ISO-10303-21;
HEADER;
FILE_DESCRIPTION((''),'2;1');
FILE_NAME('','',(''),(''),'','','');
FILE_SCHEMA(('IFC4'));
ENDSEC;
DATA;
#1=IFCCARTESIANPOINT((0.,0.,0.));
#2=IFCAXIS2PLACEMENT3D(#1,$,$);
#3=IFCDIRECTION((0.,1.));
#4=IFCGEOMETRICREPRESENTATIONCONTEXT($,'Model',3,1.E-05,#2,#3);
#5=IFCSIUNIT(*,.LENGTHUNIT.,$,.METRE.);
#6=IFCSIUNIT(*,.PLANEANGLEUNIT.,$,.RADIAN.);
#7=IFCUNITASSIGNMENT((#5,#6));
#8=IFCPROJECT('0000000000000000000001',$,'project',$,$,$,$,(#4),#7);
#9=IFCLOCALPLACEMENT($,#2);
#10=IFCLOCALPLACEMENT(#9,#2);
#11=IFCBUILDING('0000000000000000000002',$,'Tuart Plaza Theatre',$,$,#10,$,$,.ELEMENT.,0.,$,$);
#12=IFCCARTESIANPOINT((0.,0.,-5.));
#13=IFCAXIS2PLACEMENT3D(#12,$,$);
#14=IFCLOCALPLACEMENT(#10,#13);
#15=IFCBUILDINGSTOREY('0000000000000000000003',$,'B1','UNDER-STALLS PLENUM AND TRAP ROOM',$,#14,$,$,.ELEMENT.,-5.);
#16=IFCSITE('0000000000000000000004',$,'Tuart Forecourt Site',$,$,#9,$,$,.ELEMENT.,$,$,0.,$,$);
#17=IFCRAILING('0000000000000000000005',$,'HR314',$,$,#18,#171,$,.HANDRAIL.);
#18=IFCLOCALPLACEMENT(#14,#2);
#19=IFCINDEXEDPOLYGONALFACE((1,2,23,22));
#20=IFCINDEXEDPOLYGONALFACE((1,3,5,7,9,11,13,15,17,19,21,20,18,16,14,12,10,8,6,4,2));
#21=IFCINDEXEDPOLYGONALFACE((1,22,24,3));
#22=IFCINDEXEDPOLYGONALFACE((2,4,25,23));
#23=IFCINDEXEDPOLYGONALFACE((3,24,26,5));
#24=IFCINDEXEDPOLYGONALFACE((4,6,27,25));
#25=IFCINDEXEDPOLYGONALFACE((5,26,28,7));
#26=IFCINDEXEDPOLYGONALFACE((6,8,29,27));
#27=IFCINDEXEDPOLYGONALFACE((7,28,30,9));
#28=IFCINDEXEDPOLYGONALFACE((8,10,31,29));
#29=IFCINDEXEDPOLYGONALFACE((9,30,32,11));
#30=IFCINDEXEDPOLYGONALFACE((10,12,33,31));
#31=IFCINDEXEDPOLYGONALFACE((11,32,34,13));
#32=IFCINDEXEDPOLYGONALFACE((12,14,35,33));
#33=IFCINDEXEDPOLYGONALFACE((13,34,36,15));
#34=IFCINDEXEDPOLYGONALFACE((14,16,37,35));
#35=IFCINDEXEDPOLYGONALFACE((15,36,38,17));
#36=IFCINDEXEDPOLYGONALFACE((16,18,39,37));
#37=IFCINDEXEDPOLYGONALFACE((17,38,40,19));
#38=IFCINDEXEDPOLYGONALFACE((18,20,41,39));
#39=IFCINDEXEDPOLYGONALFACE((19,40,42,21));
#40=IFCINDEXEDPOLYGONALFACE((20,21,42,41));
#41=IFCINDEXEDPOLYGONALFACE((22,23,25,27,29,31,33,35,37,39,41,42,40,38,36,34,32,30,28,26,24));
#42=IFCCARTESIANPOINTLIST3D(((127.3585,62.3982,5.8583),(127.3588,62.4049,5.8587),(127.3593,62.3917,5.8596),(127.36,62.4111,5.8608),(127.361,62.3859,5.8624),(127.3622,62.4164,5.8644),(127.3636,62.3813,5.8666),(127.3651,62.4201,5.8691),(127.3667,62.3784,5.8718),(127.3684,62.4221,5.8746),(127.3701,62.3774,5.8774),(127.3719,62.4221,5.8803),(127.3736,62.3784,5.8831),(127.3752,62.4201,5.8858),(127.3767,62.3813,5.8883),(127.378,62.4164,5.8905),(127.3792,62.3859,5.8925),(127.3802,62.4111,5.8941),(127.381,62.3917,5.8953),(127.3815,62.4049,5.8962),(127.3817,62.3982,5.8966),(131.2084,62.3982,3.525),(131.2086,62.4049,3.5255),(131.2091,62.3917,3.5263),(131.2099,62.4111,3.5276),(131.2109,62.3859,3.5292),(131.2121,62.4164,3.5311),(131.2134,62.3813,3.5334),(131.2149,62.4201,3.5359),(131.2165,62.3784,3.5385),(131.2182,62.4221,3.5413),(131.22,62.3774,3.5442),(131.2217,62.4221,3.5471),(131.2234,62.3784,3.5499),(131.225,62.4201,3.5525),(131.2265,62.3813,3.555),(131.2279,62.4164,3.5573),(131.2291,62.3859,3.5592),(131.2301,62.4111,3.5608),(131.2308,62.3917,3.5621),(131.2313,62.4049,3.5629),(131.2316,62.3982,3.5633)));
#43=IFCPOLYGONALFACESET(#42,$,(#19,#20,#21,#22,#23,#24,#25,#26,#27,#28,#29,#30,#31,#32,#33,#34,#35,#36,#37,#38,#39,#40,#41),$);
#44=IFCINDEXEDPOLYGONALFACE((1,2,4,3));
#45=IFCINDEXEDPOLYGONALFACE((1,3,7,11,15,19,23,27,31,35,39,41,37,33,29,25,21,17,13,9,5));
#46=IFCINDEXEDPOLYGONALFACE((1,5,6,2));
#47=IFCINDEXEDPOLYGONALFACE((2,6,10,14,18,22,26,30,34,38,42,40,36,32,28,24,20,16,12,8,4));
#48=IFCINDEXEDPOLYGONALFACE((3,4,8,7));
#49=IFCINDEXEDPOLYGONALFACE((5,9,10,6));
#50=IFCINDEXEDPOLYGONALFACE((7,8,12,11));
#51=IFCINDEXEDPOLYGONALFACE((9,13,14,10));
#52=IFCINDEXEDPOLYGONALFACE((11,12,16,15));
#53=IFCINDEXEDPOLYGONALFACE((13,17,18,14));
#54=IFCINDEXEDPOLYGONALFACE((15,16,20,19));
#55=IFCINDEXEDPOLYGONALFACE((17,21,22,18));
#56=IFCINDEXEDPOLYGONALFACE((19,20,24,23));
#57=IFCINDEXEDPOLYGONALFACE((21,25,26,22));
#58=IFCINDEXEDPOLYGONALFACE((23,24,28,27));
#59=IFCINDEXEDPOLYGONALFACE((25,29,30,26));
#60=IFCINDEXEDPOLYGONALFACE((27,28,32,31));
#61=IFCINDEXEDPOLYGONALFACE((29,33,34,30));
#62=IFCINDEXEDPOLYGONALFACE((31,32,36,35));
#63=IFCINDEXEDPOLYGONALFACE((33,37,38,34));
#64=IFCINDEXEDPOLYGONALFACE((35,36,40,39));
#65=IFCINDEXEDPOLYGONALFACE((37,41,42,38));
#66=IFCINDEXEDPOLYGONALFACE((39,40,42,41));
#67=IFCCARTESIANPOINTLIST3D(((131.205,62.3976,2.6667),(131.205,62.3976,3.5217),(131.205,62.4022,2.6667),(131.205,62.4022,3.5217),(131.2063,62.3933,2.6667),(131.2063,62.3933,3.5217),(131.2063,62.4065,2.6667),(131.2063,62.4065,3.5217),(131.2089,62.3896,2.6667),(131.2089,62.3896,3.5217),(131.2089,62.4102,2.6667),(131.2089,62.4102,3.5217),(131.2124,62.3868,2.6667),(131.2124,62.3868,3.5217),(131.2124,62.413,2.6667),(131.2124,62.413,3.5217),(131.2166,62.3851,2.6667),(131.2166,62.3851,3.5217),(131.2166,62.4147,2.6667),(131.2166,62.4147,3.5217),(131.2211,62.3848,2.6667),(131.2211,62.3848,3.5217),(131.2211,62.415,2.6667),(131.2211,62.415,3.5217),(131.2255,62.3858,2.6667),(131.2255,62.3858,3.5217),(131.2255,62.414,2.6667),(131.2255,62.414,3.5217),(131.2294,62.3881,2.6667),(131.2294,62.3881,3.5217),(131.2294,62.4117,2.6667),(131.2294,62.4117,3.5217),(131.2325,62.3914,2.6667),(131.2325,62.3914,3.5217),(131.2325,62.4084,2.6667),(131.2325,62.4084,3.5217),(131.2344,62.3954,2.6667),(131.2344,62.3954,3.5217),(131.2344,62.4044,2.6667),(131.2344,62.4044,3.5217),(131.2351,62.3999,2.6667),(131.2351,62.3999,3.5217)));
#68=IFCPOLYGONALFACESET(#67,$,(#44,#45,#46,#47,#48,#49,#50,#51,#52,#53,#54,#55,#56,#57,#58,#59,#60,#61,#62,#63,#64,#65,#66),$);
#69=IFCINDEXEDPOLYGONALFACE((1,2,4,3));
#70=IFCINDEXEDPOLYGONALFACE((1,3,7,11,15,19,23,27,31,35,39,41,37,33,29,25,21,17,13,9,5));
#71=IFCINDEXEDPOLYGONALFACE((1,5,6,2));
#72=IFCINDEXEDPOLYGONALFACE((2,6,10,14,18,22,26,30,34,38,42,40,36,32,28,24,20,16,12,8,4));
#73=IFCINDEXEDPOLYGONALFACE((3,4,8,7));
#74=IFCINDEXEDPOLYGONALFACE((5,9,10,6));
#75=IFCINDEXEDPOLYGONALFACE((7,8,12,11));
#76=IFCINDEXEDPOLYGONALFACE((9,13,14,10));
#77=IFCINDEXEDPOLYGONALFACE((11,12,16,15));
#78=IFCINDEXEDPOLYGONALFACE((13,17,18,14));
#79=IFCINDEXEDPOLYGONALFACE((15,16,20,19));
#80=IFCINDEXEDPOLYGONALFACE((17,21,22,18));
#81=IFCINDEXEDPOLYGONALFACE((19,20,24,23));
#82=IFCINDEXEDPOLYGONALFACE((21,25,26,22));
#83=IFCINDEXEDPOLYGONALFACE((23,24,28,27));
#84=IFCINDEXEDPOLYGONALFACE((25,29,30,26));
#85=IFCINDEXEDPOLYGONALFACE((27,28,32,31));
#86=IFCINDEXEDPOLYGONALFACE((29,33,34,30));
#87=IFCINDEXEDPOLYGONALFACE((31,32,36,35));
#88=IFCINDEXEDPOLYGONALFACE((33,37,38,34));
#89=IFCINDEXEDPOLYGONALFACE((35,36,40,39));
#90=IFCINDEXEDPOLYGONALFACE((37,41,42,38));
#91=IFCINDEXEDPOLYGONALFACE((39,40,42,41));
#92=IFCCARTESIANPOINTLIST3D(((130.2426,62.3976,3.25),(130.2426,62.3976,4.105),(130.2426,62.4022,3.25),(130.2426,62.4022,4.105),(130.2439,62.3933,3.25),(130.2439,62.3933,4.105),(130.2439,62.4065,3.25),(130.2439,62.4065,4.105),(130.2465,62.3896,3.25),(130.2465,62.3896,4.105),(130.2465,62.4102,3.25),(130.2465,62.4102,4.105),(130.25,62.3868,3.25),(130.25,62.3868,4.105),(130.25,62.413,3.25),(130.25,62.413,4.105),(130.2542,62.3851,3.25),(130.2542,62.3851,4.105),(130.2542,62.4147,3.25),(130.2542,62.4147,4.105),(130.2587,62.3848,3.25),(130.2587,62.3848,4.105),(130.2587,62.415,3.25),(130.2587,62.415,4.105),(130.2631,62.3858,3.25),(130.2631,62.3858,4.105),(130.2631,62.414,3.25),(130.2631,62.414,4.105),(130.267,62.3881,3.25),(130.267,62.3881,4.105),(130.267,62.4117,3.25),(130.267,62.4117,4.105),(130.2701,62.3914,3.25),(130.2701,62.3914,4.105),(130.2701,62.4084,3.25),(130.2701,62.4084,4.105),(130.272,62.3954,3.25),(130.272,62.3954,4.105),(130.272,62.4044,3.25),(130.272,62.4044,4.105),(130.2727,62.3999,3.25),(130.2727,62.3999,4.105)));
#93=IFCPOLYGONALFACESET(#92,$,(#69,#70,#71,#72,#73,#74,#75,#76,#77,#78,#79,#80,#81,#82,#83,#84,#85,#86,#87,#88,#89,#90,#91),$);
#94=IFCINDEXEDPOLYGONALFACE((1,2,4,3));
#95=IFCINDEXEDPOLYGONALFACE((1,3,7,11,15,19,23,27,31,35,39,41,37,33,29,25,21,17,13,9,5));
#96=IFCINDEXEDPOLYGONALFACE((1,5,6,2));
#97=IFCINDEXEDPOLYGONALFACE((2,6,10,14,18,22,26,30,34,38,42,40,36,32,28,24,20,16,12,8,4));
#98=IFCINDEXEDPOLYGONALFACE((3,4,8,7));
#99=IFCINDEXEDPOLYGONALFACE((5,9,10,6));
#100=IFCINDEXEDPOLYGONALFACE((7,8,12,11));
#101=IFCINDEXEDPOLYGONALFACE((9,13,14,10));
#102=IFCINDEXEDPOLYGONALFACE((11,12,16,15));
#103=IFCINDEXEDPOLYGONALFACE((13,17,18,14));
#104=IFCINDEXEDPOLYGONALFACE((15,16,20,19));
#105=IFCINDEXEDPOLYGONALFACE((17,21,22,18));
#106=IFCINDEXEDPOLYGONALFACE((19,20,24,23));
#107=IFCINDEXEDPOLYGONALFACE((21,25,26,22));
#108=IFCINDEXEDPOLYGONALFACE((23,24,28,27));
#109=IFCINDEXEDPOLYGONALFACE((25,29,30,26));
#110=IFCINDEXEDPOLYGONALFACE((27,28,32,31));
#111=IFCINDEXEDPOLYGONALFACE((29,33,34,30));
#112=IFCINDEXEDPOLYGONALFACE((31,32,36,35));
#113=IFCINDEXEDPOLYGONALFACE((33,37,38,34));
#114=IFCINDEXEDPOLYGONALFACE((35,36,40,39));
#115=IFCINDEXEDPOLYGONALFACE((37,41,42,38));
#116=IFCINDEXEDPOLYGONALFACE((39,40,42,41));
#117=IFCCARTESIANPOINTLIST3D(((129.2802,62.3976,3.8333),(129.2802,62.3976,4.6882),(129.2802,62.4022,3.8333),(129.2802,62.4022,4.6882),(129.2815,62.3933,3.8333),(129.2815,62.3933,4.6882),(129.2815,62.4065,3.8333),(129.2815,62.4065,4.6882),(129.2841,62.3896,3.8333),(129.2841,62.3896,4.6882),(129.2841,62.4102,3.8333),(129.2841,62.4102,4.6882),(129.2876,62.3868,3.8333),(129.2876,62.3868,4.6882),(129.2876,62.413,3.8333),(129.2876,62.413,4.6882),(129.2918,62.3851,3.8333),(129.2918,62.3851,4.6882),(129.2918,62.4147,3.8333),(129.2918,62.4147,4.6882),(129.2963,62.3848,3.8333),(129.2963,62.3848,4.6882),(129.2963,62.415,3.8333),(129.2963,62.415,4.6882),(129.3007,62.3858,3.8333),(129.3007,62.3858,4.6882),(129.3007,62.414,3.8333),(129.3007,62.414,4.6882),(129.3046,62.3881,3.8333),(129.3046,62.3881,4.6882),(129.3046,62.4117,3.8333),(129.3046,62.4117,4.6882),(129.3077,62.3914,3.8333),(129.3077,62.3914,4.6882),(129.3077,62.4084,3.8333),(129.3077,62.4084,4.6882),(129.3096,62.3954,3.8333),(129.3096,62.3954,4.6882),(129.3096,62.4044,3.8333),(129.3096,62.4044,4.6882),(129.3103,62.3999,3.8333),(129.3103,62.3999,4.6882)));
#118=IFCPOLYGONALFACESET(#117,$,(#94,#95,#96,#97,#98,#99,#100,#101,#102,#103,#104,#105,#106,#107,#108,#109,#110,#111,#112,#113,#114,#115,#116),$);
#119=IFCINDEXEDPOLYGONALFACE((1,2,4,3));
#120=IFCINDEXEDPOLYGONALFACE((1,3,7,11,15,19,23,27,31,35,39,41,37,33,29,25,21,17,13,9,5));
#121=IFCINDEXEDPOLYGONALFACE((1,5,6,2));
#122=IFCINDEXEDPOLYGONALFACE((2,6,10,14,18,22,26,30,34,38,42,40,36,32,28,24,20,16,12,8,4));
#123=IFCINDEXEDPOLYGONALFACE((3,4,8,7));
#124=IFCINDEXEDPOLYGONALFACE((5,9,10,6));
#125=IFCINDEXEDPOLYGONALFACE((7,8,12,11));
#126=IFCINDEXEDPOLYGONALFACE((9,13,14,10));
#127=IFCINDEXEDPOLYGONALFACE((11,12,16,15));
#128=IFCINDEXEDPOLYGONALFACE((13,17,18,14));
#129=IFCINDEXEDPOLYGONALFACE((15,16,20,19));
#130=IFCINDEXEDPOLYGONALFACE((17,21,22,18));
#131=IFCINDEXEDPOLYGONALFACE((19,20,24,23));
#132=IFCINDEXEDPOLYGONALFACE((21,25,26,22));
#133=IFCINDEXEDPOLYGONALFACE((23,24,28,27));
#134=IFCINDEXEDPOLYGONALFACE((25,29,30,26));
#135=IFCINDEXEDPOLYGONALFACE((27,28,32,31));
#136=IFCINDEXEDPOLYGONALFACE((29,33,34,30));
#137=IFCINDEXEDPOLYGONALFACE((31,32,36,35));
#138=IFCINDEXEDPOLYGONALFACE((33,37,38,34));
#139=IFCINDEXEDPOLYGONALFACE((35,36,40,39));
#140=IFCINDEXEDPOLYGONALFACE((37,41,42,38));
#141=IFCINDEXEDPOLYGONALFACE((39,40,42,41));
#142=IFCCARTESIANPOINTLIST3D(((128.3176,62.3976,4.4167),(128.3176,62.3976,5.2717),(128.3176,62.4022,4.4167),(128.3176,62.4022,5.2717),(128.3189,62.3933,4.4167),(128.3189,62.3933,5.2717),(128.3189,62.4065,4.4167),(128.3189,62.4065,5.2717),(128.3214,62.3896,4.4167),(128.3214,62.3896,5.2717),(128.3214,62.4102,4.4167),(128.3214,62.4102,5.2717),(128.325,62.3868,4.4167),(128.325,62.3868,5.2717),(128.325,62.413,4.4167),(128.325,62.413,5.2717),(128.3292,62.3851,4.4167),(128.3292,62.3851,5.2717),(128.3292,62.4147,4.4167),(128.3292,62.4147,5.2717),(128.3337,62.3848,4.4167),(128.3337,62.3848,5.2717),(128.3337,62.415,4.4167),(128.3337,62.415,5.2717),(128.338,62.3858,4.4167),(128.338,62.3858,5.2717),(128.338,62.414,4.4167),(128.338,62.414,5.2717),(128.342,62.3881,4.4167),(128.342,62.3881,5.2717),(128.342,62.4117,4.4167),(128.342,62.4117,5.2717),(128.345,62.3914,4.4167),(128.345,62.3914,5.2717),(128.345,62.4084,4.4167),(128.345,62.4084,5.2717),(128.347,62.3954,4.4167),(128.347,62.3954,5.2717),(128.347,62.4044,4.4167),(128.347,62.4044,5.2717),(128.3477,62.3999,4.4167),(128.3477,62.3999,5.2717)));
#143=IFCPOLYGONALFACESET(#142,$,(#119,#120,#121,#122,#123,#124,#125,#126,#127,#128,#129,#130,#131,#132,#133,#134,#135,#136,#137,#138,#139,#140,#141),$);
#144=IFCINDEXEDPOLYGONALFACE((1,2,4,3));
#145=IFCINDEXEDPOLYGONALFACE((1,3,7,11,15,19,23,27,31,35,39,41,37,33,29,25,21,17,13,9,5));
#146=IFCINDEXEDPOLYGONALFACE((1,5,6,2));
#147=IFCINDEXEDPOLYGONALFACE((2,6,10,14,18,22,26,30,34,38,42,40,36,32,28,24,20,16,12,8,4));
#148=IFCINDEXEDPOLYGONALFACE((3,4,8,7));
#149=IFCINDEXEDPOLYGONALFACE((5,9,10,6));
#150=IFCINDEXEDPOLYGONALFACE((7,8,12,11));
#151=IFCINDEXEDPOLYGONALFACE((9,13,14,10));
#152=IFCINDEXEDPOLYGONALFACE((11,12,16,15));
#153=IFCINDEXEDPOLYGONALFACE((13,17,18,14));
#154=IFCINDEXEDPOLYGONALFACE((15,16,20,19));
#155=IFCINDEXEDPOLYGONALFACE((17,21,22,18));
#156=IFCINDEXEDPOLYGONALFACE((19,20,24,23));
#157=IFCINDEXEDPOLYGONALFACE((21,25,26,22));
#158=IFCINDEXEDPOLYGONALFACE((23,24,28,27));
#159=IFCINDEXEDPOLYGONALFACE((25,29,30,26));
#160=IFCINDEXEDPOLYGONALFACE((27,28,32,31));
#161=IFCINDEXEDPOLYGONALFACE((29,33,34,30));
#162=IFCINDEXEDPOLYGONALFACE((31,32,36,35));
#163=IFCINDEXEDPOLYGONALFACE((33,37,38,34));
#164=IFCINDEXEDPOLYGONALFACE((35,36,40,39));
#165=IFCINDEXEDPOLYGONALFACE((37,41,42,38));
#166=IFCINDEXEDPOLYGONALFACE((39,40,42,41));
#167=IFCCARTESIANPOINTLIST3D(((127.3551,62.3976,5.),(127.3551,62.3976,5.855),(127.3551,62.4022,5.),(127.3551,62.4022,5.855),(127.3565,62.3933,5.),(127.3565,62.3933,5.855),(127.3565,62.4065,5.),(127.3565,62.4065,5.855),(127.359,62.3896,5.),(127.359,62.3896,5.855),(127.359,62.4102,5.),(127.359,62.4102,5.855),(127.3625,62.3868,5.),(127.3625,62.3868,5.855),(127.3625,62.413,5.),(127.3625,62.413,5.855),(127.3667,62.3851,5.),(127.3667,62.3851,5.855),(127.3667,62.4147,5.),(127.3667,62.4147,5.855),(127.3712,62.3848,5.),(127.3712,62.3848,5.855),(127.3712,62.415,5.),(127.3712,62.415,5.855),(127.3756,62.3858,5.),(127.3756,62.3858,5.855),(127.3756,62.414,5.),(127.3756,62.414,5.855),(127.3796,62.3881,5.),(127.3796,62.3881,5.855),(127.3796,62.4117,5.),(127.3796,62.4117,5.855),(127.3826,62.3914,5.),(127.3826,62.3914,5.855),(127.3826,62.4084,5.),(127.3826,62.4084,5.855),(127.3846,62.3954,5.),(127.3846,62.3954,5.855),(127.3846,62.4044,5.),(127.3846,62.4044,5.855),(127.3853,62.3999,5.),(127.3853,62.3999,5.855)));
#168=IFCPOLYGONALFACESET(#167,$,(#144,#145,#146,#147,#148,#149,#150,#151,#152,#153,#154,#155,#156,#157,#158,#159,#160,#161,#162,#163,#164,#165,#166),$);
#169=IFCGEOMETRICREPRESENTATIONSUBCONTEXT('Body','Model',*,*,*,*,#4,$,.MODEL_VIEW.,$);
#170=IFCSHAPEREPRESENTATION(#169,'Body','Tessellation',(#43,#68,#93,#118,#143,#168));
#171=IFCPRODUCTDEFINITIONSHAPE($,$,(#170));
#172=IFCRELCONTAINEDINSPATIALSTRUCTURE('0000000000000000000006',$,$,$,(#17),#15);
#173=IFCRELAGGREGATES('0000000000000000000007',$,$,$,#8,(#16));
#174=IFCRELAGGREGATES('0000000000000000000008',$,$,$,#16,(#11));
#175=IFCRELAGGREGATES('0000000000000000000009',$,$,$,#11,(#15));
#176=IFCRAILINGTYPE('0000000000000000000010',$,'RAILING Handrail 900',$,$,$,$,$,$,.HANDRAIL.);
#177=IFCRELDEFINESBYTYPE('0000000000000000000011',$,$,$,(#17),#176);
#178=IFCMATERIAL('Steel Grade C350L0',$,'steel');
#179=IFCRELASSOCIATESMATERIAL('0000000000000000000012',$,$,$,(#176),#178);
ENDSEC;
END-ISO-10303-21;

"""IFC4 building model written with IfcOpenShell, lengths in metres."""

from ifc_helpers import new_model, si_unit, direction, frame, origin, origin_2d, place, context, subcontext, project, spatial, circle, extrude, material, type_object, element, save


model = new_model("IFC4")

# Units and contexts
model_context = context("Model", 3, precision=1e-05, world=origin(), true_north=direction((0.0, 1.0)))
body_context = subcontext(model_context, "Body", "Model", "MODEL_VIEW")
ifc_project = project(units=[si_unit("LENGTHUNIT", "METRE"), si_unit("PLANEANGLEUNIT", "RADIAN")], contexts=[model_context])

# Site, building, storey
site_placement = place(None, origin())
site = spatial("IfcSite", under=ifc_project, at=site_placement, Name="Tuart Forecourt Site", CompositionType="ELEMENT", RefElevation=0.0)
building_placement = place(site_placement, origin())
building = spatial("IfcBuilding", under=site, at=building_placement, Name="Tuart Plaza Theatre", CompositionType="ELEMENT", ElevationOfRefHeight=0.0)
storey_placement = place(building_placement, frame((0.0, 0.0, -5.0)))
storey = spatial("IfcBuildingStorey", under=building, at=storey_placement, Name="B1", Description="UNDER-STALLS PLENUM AND TRAP ROOM", CompositionType="ELEMENT", Elevation=-5.0)

# Railing
ifc_material_1 = material(Name="Steel Grade C350L0", Category="steel")
railing_type_1 = type_object("IfcRailingType", Name="RAILING Handrail 900", PredefinedType="HANDRAIL", material=ifc_material_1)
for number, where, name in (
    (1, (131.22, 62.3999, 2.6667), "HR314"),
):
    element("IfcRailing", number, at=place(storey_placement, frame(where)), inside=storey, type_object=railing_type_1, Name=name, PredefinedType="HANDRAIL", context=body_context, shape_type="SweptSolid", body=[
        extrude(circle(Radius=0.0225, at=origin_2d()), frame((0.0, 0.0, 0.8774), z_axis=(-0.855197, 0.0, 0.518303), x_axis=(0.0, -1.0, 0.0)), (0.0, 0.0, 1.0), 4.5017),
        extrude(circle(Radius=0.0151, at=origin_2d()), origin(), (0.0, 0.0, 1.0), 0.855),
        extrude(circle(Radius=0.0151, at=origin_2d()), frame((-0.9624, 0.0, 0.5833)), (0.0, 0.0, 1.0), 0.855),
        extrude(circle(Radius=0.0151, at=origin_2d()), frame((-1.9248, 0.0, 1.1665)), (0.0, 0.0, 1.0), 0.855),
        extrude(circle(Radius=0.0151, at=origin_2d()), frame((-2.8875, 0.0, 1.75)), (0.0, 0.0, 1.0), 0.855),
        extrude(circle(Radius=0.0151, at=origin_2d()), frame((-3.8499, 0.0, 2.3333)), (0.0, 0.0, 1.0), 0.855),
    ])

save(model, "model.ifc")
